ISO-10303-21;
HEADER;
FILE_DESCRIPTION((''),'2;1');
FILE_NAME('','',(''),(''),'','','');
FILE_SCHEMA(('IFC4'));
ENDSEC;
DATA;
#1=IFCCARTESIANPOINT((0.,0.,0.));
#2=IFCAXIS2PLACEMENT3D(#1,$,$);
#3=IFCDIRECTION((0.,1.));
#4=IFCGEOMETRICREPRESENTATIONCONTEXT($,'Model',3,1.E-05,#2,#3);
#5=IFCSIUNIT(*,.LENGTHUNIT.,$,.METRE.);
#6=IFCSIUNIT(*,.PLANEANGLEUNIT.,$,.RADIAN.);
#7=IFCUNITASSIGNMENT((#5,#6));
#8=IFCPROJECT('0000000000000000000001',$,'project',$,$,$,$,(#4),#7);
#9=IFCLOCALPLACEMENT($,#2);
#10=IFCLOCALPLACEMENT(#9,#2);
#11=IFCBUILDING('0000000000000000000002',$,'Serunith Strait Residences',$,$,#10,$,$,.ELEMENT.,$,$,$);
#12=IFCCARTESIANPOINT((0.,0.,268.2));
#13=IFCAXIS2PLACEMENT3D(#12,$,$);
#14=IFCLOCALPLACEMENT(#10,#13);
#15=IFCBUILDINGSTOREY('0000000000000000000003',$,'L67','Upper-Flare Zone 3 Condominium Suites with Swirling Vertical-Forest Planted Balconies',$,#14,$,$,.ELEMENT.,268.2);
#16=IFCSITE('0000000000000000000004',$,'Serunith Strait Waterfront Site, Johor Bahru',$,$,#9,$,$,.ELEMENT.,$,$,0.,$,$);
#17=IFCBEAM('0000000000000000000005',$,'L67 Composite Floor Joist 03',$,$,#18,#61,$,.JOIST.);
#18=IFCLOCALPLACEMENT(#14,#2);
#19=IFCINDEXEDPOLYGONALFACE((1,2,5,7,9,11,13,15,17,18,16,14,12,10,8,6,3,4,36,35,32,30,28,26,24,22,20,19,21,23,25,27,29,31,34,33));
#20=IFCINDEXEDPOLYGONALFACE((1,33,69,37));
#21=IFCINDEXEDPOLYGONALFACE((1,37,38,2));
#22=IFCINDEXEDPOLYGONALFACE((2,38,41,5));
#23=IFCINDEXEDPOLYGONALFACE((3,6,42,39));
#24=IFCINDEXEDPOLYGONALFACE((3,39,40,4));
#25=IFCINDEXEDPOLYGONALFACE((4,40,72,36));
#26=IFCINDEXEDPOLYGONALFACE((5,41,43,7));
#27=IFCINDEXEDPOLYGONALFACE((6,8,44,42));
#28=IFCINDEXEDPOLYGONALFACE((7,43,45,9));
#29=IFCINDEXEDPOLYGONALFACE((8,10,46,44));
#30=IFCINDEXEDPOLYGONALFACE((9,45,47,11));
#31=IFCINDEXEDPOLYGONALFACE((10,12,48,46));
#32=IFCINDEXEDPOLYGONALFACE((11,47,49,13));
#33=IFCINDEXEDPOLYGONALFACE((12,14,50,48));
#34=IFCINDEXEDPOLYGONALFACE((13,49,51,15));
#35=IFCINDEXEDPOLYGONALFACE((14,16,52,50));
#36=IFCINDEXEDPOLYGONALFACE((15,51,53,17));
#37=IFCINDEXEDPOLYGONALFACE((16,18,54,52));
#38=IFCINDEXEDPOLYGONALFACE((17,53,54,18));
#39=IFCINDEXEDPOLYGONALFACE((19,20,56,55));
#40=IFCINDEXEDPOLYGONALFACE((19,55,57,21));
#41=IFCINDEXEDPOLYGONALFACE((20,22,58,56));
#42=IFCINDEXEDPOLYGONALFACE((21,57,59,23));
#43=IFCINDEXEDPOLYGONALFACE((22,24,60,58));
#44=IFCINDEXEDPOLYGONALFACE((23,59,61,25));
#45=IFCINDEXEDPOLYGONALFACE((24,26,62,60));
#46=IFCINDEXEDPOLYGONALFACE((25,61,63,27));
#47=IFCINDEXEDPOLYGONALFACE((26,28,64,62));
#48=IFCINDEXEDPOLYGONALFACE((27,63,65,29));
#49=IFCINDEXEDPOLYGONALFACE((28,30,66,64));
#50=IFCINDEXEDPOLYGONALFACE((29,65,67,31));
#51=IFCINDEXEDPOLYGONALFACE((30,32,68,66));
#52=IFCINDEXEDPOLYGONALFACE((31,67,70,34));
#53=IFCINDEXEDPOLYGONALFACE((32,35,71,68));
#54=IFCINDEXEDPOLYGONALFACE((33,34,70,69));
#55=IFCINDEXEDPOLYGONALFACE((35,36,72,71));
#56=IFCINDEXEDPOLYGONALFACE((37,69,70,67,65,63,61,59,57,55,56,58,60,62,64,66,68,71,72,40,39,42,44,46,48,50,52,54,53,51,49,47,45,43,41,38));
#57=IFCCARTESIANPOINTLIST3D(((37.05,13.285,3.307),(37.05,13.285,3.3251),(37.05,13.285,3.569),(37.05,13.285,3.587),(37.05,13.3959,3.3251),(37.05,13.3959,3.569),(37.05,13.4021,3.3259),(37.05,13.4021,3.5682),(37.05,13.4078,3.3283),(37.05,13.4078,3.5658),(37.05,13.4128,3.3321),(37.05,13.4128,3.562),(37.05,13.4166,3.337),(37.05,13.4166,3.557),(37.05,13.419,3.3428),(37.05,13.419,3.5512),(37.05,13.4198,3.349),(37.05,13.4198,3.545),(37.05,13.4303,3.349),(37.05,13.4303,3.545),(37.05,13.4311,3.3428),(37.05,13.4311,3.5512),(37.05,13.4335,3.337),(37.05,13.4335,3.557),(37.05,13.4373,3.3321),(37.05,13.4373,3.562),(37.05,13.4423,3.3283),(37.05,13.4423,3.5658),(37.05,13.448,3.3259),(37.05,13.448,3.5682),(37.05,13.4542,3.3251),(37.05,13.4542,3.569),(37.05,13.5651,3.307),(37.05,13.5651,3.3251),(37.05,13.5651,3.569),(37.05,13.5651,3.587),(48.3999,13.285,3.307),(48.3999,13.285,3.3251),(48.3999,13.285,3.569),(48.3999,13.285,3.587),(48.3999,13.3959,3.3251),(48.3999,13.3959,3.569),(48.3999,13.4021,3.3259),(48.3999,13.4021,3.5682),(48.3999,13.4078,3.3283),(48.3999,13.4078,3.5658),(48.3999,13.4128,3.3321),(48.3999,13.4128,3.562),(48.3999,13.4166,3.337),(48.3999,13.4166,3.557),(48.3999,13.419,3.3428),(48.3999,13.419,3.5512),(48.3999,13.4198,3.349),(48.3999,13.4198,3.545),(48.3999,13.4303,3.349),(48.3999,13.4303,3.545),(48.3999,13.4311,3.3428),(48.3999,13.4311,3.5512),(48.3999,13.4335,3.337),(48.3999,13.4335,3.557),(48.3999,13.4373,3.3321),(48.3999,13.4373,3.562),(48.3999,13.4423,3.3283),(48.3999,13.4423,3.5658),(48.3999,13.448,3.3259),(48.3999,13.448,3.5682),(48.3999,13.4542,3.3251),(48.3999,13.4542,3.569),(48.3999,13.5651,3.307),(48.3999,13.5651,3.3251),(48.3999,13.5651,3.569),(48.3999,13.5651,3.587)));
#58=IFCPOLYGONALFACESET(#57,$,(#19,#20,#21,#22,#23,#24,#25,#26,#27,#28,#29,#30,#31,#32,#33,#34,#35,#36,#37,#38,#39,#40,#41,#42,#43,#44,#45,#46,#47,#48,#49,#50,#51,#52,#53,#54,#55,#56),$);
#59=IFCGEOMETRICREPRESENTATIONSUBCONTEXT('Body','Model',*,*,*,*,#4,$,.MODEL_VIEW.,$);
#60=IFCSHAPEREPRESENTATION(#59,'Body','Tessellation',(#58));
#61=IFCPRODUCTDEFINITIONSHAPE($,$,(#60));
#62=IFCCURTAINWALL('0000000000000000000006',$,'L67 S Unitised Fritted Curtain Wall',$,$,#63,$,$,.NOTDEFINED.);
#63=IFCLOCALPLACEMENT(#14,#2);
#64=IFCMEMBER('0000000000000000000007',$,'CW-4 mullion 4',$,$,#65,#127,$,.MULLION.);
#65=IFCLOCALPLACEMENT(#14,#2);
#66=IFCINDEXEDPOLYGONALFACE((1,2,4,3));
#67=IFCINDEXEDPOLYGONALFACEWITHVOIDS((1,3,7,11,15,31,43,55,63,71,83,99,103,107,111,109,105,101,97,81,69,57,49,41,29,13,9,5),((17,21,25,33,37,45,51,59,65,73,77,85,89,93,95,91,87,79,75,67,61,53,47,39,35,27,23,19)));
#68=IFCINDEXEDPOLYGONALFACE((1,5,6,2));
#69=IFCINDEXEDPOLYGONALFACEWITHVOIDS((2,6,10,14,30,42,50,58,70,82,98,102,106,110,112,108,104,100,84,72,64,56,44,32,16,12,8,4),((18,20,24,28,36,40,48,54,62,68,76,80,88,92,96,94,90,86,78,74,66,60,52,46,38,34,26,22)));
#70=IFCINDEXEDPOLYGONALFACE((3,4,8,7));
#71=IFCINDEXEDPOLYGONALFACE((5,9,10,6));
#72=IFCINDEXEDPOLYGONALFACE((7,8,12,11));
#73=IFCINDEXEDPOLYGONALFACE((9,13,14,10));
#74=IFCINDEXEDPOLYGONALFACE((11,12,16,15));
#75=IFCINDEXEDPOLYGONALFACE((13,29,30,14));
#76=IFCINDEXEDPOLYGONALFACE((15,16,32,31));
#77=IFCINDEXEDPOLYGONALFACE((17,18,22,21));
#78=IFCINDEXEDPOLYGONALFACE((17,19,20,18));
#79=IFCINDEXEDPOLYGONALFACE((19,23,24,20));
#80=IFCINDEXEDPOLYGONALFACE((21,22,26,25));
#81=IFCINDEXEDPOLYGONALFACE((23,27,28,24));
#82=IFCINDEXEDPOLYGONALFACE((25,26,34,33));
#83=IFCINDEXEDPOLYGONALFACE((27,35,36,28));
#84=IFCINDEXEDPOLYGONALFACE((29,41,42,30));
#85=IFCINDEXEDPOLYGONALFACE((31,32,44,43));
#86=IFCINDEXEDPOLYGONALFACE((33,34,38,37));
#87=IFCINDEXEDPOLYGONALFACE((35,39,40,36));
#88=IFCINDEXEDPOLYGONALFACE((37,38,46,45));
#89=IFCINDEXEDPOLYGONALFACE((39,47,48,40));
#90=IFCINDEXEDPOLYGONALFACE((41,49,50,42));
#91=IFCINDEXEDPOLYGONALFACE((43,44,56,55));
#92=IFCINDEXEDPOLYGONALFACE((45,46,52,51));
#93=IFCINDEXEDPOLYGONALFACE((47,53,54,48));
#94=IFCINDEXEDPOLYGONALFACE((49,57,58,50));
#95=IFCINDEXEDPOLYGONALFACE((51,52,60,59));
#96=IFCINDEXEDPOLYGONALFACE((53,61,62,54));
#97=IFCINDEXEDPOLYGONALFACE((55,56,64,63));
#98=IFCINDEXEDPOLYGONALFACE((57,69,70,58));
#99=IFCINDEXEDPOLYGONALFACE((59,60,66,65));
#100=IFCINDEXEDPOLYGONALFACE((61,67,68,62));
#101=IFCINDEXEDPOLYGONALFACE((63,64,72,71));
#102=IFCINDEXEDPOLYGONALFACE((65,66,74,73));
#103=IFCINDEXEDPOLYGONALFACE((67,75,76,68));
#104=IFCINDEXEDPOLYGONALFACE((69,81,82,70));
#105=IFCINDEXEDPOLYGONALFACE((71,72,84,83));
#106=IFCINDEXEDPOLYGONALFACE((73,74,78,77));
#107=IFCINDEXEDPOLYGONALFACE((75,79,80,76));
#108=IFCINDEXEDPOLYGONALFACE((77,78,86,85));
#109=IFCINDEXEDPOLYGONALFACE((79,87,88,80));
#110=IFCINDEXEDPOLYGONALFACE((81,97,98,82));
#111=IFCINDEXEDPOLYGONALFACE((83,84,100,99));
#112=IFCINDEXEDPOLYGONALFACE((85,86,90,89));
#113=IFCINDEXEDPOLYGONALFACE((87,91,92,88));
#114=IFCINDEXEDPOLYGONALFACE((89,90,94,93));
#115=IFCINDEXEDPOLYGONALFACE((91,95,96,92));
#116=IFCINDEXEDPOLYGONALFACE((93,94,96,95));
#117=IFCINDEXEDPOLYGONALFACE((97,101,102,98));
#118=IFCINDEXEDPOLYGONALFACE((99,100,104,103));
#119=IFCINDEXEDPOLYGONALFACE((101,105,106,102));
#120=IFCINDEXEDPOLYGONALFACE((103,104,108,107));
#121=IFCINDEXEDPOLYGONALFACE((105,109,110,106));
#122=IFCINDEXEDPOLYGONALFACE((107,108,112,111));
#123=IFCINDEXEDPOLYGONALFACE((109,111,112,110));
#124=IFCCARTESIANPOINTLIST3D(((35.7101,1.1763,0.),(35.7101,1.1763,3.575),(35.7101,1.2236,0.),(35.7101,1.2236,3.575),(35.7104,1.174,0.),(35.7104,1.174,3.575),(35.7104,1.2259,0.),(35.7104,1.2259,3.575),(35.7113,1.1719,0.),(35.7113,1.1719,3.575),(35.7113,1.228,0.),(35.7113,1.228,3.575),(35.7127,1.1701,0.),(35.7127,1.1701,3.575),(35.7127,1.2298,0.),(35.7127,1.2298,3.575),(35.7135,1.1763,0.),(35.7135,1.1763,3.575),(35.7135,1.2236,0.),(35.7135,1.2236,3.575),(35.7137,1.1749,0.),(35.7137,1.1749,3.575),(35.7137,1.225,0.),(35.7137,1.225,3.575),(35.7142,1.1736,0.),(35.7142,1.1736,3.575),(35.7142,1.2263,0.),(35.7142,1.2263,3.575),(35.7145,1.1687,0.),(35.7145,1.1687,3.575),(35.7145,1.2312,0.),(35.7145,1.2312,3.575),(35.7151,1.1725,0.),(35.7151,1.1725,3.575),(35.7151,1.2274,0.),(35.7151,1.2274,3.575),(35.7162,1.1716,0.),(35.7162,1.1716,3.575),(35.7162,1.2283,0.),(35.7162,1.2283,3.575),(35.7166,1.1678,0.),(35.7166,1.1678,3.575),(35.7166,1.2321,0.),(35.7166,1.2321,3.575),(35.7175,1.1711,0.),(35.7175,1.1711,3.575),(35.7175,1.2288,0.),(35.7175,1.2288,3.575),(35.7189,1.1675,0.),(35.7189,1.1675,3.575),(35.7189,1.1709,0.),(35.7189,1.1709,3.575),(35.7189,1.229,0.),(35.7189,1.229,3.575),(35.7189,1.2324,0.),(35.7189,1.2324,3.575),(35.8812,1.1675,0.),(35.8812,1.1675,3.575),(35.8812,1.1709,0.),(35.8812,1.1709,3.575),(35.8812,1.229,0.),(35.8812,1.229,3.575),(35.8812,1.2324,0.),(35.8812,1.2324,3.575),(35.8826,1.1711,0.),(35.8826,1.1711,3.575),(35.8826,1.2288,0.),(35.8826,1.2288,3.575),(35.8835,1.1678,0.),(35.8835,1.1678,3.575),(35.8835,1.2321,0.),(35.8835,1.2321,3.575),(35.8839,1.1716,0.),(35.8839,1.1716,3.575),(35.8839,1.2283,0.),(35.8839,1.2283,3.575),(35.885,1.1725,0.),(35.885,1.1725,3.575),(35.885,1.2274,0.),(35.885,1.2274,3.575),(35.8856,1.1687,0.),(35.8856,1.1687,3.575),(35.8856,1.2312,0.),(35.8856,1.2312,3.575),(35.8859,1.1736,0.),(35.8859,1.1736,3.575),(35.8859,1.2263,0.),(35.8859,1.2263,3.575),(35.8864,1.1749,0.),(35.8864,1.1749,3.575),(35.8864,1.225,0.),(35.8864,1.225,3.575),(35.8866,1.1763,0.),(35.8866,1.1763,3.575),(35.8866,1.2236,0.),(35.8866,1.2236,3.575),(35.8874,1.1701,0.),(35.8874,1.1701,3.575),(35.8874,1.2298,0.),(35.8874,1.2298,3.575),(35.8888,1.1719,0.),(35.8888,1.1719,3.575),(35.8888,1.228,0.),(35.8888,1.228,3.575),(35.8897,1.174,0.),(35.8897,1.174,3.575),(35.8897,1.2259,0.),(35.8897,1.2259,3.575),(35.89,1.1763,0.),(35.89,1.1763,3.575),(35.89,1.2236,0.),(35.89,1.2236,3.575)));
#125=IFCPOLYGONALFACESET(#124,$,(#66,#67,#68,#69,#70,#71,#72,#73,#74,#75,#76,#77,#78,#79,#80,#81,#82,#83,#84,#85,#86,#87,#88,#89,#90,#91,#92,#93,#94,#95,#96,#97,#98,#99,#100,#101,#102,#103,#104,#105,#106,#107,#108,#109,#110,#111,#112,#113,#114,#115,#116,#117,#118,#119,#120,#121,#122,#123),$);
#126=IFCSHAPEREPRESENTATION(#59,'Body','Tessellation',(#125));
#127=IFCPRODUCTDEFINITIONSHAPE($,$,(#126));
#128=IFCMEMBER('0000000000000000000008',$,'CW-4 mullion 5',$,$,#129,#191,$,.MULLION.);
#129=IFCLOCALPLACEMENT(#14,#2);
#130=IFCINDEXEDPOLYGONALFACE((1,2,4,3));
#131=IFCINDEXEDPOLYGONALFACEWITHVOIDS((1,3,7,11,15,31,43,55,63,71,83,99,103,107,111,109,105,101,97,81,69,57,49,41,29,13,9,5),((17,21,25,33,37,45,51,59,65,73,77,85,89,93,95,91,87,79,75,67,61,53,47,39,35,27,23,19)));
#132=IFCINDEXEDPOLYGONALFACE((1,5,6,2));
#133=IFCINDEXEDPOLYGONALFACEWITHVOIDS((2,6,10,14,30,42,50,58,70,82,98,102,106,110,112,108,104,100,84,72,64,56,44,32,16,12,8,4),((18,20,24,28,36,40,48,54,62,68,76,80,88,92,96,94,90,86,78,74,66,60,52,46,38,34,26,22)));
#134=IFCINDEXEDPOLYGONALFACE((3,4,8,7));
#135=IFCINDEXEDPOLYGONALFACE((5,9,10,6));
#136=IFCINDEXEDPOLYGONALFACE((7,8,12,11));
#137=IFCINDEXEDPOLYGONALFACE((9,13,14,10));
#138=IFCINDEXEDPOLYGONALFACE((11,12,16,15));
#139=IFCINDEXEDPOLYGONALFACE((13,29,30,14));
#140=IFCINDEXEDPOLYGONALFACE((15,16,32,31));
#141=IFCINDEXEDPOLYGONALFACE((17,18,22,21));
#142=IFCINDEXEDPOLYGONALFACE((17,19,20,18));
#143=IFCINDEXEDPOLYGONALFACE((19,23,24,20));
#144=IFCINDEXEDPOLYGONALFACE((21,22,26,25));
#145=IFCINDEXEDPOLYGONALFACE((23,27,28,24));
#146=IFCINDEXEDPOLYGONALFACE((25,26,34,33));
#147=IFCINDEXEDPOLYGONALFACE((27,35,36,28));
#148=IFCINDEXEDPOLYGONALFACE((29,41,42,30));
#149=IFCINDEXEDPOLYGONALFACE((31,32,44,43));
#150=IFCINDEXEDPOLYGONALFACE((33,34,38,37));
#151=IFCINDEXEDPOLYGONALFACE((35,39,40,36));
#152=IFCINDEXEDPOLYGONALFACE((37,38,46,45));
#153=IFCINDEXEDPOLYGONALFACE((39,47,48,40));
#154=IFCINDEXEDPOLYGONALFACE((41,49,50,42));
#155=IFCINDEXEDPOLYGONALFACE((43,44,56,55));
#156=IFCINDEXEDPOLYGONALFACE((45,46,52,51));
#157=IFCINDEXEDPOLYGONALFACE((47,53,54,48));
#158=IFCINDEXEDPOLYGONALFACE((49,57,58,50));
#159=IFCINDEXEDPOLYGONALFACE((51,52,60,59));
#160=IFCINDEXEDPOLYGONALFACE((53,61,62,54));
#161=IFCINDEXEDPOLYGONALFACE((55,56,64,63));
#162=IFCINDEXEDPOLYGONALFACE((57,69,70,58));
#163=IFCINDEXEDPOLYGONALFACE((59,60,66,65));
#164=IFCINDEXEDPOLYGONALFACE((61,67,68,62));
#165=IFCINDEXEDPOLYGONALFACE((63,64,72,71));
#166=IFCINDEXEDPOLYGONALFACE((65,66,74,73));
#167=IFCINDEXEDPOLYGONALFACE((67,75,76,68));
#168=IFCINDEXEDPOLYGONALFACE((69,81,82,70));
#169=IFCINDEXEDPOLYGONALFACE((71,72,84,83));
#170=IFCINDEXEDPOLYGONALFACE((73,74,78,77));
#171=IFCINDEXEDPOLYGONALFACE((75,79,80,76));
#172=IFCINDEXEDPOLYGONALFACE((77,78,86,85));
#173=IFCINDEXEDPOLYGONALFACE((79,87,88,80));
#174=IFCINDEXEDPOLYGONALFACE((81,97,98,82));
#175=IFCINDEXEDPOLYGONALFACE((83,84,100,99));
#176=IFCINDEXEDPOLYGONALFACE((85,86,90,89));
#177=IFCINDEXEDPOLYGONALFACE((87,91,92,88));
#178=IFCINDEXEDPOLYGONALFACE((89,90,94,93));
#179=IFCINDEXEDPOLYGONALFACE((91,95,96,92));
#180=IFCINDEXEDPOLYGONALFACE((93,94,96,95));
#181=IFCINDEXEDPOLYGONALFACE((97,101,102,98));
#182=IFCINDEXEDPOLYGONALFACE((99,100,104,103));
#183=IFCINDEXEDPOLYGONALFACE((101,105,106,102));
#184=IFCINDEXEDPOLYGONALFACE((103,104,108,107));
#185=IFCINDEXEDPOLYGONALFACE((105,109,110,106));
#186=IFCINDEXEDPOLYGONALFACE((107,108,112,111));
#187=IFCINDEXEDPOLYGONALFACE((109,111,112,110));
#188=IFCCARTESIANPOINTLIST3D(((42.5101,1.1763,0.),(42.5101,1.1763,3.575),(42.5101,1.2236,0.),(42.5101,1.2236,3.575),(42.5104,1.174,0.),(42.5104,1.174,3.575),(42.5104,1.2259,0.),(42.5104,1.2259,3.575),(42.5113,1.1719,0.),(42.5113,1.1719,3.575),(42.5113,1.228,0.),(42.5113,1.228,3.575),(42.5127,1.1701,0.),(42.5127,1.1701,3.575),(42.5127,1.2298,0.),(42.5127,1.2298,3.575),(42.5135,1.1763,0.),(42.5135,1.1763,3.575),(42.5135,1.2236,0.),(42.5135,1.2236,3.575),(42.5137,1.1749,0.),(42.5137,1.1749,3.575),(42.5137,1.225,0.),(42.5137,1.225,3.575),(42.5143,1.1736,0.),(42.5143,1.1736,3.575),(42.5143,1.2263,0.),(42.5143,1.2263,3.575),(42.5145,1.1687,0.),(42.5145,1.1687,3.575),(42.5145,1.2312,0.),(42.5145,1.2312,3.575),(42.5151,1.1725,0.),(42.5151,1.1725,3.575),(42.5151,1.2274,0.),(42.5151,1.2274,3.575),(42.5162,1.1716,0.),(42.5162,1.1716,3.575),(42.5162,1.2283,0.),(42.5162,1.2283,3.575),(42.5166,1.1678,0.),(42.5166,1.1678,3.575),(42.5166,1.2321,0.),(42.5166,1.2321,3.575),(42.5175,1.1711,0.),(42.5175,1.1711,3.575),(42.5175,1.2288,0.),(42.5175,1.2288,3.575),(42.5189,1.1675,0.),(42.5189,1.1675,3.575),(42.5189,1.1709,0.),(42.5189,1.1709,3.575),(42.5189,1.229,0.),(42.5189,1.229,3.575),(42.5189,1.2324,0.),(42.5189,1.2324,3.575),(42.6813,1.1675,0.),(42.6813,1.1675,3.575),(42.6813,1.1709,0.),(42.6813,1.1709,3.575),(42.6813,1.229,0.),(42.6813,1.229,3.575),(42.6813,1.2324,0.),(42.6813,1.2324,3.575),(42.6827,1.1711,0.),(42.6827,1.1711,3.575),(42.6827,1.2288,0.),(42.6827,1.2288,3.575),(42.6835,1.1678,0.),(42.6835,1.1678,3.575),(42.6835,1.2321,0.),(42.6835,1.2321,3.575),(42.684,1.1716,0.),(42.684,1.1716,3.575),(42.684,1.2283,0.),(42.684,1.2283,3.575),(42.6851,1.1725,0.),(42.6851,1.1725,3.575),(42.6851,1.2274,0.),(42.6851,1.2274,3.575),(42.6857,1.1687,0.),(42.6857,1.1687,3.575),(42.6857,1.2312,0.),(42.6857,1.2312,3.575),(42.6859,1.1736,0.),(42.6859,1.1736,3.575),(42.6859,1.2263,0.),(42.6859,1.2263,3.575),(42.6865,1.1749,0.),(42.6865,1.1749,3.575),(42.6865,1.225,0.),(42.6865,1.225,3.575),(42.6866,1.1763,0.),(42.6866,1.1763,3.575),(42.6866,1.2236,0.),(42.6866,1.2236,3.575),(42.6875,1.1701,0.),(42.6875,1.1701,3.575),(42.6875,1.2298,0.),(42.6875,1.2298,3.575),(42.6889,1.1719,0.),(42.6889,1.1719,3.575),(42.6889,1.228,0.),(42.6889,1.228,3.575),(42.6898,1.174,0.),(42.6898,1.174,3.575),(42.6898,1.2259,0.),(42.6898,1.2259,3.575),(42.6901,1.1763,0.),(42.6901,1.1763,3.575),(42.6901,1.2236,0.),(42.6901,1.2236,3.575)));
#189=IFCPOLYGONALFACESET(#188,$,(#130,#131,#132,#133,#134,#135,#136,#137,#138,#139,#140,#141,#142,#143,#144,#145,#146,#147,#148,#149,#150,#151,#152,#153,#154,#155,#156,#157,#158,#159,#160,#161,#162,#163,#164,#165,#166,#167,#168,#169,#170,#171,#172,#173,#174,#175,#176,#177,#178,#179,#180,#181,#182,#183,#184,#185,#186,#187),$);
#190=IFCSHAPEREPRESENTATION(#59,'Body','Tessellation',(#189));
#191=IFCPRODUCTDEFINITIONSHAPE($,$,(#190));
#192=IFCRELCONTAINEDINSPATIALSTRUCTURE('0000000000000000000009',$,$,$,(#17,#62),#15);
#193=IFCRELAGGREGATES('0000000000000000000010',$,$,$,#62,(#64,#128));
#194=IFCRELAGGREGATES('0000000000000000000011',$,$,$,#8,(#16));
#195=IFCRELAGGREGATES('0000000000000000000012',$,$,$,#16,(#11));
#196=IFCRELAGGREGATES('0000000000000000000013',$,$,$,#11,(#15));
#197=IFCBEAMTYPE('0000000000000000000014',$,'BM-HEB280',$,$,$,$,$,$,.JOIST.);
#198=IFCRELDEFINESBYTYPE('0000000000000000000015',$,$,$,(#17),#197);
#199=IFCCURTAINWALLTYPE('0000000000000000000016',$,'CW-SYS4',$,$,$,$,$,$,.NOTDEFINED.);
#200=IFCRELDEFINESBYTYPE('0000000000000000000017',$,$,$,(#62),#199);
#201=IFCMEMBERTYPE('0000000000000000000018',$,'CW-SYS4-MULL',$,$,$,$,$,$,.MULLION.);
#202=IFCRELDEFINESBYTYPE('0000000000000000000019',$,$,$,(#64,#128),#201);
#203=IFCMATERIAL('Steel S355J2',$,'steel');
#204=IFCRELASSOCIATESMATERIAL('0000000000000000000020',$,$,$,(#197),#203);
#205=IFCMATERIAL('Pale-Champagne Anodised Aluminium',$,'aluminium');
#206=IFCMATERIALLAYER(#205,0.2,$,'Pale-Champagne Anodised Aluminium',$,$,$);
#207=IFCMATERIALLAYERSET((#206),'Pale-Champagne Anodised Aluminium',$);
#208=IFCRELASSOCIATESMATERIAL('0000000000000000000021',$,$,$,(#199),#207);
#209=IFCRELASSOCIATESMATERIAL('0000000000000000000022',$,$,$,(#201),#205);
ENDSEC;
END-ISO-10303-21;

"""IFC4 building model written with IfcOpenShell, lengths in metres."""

from ifc_helpers import new_model, si_unit, direction, frame, origin, origin_2d, place, context, subcontext, project, spatial, hollow_rectangle, i_section, extrude, source, transform, mapped, material, layer, layer_set, material_profile, profile_set, type_object, element, aggregate, save


model = new_model("IFC4")

# Units and contexts
model_context = context("Model", 3, precision=1e-05, world=origin(), true_north=direction((0.0, 1.0)))
body_context = subcontext(model_context, "Body", "Model", "MODEL_VIEW")
ifc_project = project(units=[si_unit("LENGTHUNIT", "METRE"), si_unit("PLANEANGLEUNIT", "RADIAN")], contexts=[model_context])

# Site, building, storey
site_placement = place(None, origin())
site = spatial("IfcSite", under=ifc_project, at=site_placement, Name="Serunith Strait Waterfront Site, Johor Bahru", CompositionType="ELEMENT", RefElevation=0.0)
building_placement = place(site_placement, origin())
building = spatial("IfcBuilding", under=site, at=building_placement, Name="Serunith Strait Residences", CompositionType="ELEMENT")
storey_placement = place(building_placement, frame((0.0, 0.0, 268.2)))
storey = spatial("IfcBuildingStorey", under=building, at=storey_placement, Name="L67", Description="Upper-Flare Zone 3 Condominium Suites with Swirling Vertical-Forest Planted Balconies", CompositionType="ELEMENT", Elevation=268.2)

# Beam
ifc_material_1 = material(Name="Steel S355J2", Category="steel")
ifc_material_profile_1 = material_profile(ifc_material_1, i_section(OverallWidth=0.28, OverallDepth=0.28, WebThickness=0.0105, FlangeThickness=0.0181, FilletRadius=0.0239, at=origin_2d()), Name="HEB 280")
ifc_profile_set_1 = profile_set([ifc_material_profile_1], Name="Steel S355J2")
beam_type_1 = type_object("IfcBeamType", Name="BM-HEB280", PredefinedType="JOIST", material=ifc_profile_set_1)
shared_shape_1 = source(origin(), body_context, "Body", "SweptSolid", [
    extrude(i_section(OverallWidth=0.28, OverallDepth=0.28, WebThickness=0.0105, FlangeThickness=0.0181, FilletRadius=0.0239, at=origin_2d()), origin(), (0.0, 0.0, 1.0), 11.3499),
])
beam_1_placement = place(storey_placement, frame((37.05, 13.425, 3.447), z_axis=(1.0, 0.0, 0.0), x_axis=(0.0, 1.0, 0.0)))
element("IfcBeam", 1, at=beam_1_placement, inside=storey, type_object=beam_type_1, Name="L67 Composite Floor Joist 03", PredefinedType="JOIST", context=body_context, shape_type="MappedRepresentation", body=[
    mapped(shared_shape_1, transform((0.0, 0.0, 0.0), scale=1.0)),
])

# Curtain wall, members
ifc_material_2 = material(Name="Pale-Champagne Anodised Aluminium", Category="aluminium")
ifc_layer_1 = layer(ifc_material_2, 0.2, Name="Pale-Champagne Anodised Aluminium")
ifc_layer_set_1 = layer_set([ifc_layer_1], Name="Pale-Champagne Anodised Aluminium")
curtain_wall_type = type_object("IfcCurtainWallType", Name="CW-SYS4", PredefinedType="NOTDEFINED", material=ifc_layer_set_1)
curtain_wall_placement = place(storey_placement, origin())
curtain_wall = element("IfcCurtainWall", 2, at=curtain_wall_placement, inside=storey, type_object=curtain_wall_type, Name="L67 S Unitised Fritted Curtain Wall", PredefinedType="NOTDEFINED")
ifc_material_profile_2 = material_profile(ifc_material_2, hollow_rectangle(XDim=0.0649, YDim=0.1799, WallThickness=0.0034, InnerFilletRadius=0.0054, OuterFilletRadius=0.0088, at=origin_2d()), Name="ALU 180x65x3.5")
ifc_profile_set_2 = profile_set([ifc_material_profile_2], Name="Pale-Champagne Anodised Aluminium")
member_type_1 = type_object("IfcMemberType", Name="CW-SYS4-MULL", PredefinedType="MULLION", material=ifc_profile_set_2)
shared_shape_2 = source(origin(), body_context, "Body", "SweptSolid", [
    extrude(hollow_rectangle(XDim=0.0649, YDim=0.1799, WallThickness=0.0034, InnerFilletRadius=0.0054, OuterFilletRadius=0.0088, at=origin_2d()), origin(), (0.0, 0.0, 1.0), 3.575),
])
member_1_placement = place(storey_placement, frame((35.8, 1.2, 0.0), z_axis=(0.0, 0.0, 1.0), x_axis=(0.0, 1.0, 0.0)))
member_1 = element("IfcMember", 3, at=member_1_placement, type_object=member_type_1, Name="CW-4 mullion 4", PredefinedType="MULLION", context=body_context, shape_type="MappedRepresentation", body=[
    mapped(shared_shape_2, transform((0.0, 0.0, 0.0), scale=1.0)),
])
member_2_placement = place(storey_placement, frame((42.6001, 1.2, 0.0), z_axis=(0.0, 0.0, 1.0), x_axis=(0.0, 1.0, 0.0)))
member_2 = element("IfcMember", 4, at=member_2_placement, type_object=member_type_1, Name="CW-4 mullion 5", PredefinedType="MULLION", context=body_context, shape_type="MappedRepresentation", body=[
    mapped(shared_shape_2, transform((0.0, 0.0, 0.0), scale=1.0)),
])
aggregate(curtain_wall, [member_1, member_2])

save(model, "model.ifc")
